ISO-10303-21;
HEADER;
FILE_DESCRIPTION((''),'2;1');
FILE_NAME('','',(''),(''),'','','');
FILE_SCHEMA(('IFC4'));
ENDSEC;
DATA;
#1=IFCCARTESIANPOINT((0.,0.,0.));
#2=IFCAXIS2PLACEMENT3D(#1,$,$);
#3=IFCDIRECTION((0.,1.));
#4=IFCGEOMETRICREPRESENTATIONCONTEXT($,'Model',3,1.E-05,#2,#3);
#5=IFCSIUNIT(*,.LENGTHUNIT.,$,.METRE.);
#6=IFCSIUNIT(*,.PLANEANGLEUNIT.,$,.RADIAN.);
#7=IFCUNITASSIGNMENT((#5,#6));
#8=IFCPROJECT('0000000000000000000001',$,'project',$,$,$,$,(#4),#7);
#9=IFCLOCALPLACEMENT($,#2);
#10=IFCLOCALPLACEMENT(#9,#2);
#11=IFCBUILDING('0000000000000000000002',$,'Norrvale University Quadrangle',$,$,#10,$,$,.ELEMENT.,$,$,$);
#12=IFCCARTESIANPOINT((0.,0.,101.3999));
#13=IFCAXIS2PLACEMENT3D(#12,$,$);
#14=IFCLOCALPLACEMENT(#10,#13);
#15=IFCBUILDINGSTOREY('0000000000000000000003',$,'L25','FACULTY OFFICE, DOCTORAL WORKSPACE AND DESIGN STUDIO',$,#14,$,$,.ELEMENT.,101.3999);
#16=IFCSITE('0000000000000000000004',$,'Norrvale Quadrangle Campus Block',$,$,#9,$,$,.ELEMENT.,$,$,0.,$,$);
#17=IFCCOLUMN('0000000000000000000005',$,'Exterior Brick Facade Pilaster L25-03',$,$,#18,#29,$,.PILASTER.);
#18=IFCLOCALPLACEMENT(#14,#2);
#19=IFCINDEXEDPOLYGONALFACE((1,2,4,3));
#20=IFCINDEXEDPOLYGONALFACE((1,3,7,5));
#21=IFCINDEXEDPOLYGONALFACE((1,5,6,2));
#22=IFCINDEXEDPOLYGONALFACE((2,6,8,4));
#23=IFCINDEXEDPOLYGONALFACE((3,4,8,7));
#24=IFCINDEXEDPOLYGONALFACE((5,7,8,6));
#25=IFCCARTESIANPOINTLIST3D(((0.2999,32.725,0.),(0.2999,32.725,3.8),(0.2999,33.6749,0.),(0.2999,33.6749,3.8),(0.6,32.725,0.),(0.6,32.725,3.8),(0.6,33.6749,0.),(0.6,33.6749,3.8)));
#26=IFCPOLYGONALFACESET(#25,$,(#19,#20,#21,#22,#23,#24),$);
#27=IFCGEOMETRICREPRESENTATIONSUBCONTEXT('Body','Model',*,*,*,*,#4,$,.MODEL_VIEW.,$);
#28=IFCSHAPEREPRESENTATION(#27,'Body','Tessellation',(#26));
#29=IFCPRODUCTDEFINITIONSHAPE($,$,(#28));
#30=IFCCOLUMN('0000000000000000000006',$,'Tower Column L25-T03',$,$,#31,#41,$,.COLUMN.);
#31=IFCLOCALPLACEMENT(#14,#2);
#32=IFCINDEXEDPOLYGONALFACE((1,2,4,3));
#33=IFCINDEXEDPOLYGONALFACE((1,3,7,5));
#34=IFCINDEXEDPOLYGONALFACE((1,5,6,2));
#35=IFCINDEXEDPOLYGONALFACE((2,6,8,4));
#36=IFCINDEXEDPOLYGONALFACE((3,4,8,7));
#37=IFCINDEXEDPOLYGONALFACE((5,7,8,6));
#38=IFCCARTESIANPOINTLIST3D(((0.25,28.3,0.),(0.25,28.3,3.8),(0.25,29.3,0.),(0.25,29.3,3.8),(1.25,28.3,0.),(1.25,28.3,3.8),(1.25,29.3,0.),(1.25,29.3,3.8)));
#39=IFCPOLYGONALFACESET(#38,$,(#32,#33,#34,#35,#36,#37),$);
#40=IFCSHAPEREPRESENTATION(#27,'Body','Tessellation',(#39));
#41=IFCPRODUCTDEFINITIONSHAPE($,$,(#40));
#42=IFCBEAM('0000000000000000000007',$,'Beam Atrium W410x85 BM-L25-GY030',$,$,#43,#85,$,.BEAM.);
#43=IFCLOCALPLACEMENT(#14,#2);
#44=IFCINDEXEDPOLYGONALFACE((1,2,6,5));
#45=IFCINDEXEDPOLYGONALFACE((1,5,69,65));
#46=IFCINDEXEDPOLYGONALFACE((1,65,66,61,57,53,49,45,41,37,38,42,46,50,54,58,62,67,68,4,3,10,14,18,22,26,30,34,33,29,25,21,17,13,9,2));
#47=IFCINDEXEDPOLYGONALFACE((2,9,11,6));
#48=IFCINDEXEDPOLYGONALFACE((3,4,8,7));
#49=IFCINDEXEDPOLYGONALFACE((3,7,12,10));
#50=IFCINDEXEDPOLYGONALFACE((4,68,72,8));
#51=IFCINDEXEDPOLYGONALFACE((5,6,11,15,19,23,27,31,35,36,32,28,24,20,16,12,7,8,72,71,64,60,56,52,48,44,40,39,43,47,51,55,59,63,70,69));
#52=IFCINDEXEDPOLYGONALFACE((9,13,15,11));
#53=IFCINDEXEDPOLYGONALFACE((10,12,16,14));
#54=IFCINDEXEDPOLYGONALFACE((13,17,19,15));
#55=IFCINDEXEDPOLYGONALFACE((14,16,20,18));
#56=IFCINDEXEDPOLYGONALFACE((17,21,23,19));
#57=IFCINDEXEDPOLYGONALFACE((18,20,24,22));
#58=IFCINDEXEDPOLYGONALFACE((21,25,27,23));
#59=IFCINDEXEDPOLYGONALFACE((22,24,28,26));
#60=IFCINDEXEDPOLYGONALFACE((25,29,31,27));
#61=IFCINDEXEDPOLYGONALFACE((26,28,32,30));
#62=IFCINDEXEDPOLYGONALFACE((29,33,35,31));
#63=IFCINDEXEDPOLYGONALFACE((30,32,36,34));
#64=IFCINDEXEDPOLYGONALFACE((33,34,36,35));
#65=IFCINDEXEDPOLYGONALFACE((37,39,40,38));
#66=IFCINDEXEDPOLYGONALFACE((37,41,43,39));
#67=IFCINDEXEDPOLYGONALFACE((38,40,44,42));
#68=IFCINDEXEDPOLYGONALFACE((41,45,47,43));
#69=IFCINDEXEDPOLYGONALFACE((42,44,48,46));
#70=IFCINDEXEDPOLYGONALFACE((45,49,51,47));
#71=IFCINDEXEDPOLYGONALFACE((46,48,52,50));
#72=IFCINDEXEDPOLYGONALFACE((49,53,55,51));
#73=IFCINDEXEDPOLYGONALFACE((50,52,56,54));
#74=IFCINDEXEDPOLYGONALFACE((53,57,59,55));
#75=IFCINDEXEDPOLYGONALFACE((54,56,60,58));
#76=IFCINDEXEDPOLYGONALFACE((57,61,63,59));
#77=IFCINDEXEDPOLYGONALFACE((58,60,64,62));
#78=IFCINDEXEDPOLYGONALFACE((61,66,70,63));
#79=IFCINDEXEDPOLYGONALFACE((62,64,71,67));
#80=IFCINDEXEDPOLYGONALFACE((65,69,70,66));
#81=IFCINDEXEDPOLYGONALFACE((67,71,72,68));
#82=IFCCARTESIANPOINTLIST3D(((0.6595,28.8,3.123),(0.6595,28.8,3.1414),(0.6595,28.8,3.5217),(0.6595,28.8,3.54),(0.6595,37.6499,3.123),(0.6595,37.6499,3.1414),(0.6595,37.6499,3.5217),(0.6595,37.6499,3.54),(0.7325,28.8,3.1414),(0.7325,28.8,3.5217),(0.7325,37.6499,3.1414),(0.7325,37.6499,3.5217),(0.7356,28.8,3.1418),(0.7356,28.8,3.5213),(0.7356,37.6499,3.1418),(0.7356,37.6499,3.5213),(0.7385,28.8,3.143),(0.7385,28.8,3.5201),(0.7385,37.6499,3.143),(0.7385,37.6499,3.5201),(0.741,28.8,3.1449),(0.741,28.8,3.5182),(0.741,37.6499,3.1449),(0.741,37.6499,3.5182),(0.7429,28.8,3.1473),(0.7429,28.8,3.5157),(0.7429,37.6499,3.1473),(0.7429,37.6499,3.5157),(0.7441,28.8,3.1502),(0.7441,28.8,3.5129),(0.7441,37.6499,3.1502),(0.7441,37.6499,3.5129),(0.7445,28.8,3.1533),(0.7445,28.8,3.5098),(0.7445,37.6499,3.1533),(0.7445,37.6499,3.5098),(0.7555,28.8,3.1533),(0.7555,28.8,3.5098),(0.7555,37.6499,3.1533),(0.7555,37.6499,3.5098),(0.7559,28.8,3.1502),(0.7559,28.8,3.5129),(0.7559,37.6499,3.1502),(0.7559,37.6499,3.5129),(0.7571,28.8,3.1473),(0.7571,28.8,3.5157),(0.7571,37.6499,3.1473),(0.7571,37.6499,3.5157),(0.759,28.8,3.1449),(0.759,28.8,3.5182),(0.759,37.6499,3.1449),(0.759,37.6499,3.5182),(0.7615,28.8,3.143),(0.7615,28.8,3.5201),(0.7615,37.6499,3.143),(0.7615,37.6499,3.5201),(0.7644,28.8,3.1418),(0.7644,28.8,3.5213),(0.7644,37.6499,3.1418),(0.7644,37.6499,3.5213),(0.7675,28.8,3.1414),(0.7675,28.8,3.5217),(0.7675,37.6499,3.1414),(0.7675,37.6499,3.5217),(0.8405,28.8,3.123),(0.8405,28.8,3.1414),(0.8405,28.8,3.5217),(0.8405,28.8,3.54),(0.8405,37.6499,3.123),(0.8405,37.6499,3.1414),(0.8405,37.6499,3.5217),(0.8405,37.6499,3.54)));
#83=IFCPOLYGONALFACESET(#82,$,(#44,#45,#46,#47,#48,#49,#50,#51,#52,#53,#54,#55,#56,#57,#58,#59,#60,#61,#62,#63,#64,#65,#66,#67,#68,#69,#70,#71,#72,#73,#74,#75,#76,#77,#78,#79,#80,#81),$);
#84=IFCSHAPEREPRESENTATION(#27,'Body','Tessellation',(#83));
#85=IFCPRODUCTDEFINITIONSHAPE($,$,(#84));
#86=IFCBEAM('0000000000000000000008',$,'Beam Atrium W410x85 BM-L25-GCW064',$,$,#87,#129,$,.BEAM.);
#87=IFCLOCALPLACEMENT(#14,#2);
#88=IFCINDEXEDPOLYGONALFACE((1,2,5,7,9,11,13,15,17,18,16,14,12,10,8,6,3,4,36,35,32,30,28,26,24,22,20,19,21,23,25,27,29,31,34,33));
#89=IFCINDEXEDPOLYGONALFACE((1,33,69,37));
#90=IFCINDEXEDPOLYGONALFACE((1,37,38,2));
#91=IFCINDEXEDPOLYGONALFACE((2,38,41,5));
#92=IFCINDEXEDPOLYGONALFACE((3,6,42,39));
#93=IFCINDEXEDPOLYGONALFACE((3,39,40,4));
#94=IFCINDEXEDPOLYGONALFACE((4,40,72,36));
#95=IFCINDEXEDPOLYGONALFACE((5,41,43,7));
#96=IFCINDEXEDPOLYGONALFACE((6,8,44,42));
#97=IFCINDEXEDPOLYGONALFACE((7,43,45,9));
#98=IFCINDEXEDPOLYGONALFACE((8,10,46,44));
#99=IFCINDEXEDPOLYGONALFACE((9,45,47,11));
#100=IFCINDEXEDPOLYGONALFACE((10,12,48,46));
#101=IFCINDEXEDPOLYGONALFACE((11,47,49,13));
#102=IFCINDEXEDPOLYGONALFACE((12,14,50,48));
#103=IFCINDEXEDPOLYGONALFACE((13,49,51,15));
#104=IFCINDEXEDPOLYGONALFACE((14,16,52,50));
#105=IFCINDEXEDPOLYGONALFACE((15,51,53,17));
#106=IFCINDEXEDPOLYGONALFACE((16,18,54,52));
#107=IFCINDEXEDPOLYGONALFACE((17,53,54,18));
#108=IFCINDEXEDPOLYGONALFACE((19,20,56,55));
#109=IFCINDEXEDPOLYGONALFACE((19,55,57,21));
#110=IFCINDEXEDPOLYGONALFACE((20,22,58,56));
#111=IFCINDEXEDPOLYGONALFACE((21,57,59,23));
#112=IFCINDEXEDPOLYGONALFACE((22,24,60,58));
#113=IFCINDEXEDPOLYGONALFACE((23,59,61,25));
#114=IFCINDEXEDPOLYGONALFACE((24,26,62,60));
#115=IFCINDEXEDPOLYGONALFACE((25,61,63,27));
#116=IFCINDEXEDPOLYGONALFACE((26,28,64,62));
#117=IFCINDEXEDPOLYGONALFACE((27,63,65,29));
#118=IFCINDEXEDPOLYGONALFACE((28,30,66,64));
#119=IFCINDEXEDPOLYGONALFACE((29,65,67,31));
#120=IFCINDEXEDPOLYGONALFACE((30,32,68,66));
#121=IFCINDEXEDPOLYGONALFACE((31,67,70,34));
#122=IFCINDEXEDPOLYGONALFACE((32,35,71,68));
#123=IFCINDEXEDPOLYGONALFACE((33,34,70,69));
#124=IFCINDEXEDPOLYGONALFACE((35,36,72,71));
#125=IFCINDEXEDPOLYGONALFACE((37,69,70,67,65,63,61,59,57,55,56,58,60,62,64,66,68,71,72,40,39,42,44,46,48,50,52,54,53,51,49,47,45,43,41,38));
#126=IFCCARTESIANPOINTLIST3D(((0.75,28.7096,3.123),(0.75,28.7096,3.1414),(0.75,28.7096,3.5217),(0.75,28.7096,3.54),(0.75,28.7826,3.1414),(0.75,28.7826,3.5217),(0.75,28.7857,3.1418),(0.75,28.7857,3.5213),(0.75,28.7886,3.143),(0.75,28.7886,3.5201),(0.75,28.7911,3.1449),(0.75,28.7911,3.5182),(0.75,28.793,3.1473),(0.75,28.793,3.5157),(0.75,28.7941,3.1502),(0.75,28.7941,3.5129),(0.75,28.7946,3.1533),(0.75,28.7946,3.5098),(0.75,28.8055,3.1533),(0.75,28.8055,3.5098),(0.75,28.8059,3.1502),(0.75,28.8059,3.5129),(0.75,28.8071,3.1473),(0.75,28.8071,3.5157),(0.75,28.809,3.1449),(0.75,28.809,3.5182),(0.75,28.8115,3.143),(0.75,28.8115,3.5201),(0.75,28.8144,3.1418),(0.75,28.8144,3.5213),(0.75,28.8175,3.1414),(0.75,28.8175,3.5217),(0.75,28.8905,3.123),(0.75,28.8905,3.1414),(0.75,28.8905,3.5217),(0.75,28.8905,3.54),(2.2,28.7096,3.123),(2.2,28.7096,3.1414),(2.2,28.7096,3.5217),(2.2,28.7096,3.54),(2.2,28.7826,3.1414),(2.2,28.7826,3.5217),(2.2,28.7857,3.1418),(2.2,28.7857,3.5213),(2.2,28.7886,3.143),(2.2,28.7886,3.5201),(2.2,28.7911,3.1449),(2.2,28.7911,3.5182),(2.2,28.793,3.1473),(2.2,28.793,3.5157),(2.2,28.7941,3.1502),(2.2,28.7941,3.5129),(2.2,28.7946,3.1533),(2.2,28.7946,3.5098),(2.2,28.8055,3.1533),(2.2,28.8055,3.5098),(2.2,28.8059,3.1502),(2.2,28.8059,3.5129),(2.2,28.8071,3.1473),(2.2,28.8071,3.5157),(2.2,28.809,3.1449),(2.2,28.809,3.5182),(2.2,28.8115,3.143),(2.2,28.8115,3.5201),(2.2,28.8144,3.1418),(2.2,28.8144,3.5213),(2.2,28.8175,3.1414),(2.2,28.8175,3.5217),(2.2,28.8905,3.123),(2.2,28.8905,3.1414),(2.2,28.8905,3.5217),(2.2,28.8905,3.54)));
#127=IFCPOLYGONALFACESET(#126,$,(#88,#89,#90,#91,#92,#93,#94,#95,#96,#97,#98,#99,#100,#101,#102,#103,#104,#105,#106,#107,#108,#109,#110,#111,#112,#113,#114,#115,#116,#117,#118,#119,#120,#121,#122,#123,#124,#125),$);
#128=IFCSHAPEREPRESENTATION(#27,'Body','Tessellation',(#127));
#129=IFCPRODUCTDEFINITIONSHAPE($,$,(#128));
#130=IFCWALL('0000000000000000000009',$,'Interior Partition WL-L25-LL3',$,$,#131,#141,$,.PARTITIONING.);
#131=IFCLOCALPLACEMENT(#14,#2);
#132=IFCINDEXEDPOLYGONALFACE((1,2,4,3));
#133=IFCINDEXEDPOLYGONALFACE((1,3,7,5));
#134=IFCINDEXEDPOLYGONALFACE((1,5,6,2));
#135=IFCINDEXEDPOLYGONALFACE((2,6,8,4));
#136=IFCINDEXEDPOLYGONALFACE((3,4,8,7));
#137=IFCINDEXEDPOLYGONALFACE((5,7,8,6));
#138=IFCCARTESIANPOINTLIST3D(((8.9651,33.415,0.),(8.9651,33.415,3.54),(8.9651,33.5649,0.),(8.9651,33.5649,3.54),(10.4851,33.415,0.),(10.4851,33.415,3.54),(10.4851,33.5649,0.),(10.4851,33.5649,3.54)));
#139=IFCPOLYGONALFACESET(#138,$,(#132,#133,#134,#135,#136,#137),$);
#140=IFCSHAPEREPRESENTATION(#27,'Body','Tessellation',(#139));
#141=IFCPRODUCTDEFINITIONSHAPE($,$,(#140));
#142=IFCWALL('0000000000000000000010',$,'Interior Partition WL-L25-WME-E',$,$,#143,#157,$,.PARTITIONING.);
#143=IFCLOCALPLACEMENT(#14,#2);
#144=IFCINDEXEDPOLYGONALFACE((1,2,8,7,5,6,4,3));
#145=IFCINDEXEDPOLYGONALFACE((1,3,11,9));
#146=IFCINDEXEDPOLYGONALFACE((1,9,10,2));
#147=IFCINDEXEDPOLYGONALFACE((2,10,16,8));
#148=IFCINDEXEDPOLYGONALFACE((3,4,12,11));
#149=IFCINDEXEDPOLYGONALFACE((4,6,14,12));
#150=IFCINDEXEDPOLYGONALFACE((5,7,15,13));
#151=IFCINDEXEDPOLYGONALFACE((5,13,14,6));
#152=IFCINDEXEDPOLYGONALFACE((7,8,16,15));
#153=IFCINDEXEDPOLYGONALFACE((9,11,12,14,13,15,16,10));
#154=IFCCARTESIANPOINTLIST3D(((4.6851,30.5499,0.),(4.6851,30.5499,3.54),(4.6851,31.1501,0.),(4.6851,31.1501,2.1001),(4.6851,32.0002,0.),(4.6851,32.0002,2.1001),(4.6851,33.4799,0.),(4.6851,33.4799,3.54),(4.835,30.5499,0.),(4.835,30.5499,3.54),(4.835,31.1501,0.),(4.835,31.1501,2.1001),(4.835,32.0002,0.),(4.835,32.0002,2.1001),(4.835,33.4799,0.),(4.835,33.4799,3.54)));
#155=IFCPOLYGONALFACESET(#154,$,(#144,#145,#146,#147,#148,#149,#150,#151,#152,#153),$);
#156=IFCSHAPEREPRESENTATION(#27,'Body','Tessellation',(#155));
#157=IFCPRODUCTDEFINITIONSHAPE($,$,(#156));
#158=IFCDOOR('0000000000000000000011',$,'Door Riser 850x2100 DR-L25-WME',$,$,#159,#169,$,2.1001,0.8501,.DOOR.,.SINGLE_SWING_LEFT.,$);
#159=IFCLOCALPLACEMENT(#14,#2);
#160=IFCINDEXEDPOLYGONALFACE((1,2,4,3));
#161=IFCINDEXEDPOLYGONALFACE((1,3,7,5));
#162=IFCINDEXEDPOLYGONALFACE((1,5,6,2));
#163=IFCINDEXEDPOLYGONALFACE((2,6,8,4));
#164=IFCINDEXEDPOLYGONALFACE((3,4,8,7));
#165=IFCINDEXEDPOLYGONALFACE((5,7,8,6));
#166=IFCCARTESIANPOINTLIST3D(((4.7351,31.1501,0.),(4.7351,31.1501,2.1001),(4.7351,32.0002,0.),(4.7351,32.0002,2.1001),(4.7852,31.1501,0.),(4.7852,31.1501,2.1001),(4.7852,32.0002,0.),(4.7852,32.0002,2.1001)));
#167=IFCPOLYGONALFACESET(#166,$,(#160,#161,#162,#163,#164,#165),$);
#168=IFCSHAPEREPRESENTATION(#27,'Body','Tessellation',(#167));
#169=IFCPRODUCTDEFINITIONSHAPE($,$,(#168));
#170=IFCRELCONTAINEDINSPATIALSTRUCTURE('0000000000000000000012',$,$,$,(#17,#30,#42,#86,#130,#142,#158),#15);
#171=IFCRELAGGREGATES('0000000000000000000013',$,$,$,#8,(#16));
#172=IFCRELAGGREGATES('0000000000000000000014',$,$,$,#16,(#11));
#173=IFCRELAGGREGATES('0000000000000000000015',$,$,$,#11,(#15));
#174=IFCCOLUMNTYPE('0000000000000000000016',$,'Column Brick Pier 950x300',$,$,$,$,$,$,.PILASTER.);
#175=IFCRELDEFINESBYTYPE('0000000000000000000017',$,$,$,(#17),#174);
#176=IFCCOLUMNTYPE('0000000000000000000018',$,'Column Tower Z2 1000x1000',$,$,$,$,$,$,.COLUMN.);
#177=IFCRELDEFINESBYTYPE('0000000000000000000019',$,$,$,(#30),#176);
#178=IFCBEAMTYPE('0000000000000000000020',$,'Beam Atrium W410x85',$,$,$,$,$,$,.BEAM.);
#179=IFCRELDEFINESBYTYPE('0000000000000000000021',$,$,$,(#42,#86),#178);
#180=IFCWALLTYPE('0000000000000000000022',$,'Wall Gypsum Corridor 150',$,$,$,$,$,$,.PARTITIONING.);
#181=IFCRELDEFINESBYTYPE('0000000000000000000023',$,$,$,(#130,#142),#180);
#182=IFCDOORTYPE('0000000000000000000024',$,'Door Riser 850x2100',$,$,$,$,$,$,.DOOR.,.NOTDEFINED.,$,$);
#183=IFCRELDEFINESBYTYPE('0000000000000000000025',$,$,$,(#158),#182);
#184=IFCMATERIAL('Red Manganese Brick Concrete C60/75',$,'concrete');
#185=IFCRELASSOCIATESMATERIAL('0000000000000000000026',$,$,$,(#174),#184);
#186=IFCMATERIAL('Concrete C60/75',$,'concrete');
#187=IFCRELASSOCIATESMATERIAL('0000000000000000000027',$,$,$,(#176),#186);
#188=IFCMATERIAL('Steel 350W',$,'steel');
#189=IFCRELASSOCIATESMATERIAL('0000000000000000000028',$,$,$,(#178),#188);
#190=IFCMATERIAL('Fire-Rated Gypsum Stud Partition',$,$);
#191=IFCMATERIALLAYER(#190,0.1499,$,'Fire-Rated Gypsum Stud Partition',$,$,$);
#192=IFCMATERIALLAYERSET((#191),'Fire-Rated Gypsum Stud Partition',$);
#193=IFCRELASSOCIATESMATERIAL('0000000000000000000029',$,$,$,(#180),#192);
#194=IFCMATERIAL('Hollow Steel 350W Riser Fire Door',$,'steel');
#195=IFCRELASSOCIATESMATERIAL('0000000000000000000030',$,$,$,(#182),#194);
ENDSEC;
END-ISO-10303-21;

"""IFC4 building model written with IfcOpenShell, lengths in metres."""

from ifc_helpers import new_model, si_unit, direction, frame, frame_2d, origin, origin_2d, place, context, subcontext, project, spatial, rectangle, i_section, extrude, material, layer, layer_set, material_profile, profile_set, type_object, element, fill, save


model = new_model("IFC4")

# Units and contexts
model_context = context("Model", 3, precision=1e-05, world=origin(), true_north=direction((0.0, 1.0)))
body_context = subcontext(model_context, "Body", "Model", "MODEL_VIEW")
ifc_project = project(units=[si_unit("LENGTHUNIT", "METRE"), si_unit("PLANEANGLEUNIT", "RADIAN")], contexts=[model_context])

# Site, building, storey
site_placement = place(None, origin())
site = spatial("IfcSite", under=ifc_project, at=site_placement, Name="Norrvale Quadrangle Campus Block", CompositionType="ELEMENT", RefElevation=0.0)
building_placement = place(site_placement, origin())
building = spatial("IfcBuilding", under=site, at=building_placement, Name="Norrvale University Quadrangle", CompositionType="ELEMENT")
storey_placement = place(building_placement, frame((0.0, 0.0, 101.3999)))
storey = spatial("IfcBuildingStorey", under=building, at=storey_placement, Name="L25", Description="FACULTY OFFICE, DOCTORAL WORKSPACE AND DESIGN STUDIO", CompositionType="ELEMENT", Elevation=101.3999)

# Columns
ifc_material_1 = material(Name="Red Manganese Brick Concrete C60/75", Category="concrete")
ifc_material_profile_1 = material_profile(ifc_material_1, rectangle(XDim=0.95, YDim=0.3, at=origin_2d()), Name="Red Manganese Brick Concrete C60/75")
ifc_profile_set_1 = profile_set([ifc_material_profile_1], Name="Red Manganese Brick Concrete C60/75")
column_type_1 = type_object("IfcColumnType", Name="Column Brick Pier 950x300", PredefinedType="PILASTER", material=ifc_profile_set_1)
column_1_placement = place(storey_placement, frame((0.45, 33.2, 0.0), z_axis=(0.0, 0.0, 1.0), x_axis=(0.0, 1.0, 0.0)))
element("IfcColumn", 1, at=column_1_placement, inside=storey, type_object=column_type_1, Name="Exterior Brick Facade Pilaster L25-03", PredefinedType="PILASTER", context=body_context, shape_type="SweptSolid", body=[
    extrude(rectangle(XDim=0.95, YDim=0.3, at=origin_2d()), origin(), (0.0, 0.0, 1.0), 3.8),
])
ifc_material_2 = material(Name="Concrete C60/75", Category="concrete")
ifc_material_profile_2 = material_profile(ifc_material_2, rectangle(XDim=1.0, YDim=1.0, at=origin_2d()), Name="Concrete C60/75")
ifc_profile_set_2 = profile_set([ifc_material_profile_2], Name="Concrete C60/75")
column_type_2 = type_object("IfcColumnType", Name="Column Tower Z2 1000x1000", PredefinedType="COLUMN", material=ifc_profile_set_2)
column_2_placement = place(storey_placement, frame((0.75, 28.8, 0.0), z_axis=(0.0, 0.0, 1.0), x_axis=(1.0, 0.0, 0.0)))
element("IfcColumn", 2, at=column_2_placement, inside=storey, type_object=column_type_2, Name="Tower Column L25-T03", PredefinedType="COLUMN", context=body_context, shape_type="SweptSolid", body=[
    extrude(rectangle(XDim=1.0, YDim=1.0, at=origin_2d()), origin(), (0.0, 0.0, 1.0), 3.8),
])

# Beams
ifc_material_3 = material(Name="Steel 350W", Category="steel")
ifc_material_profile_3 = material_profile(ifc_material_3, i_section(OverallWidth=0.1809, OverallDepth=0.417, WebThickness=0.011, FlangeThickness=0.0183, FilletRadius=0.012, at=origin_2d()), Name="Steel 350W")
ifc_profile_set_3 = profile_set([ifc_material_profile_3], Name="Steel 350W")
beam_type = type_object("IfcBeamType", Name="Beam Atrium W410x85", PredefinedType="BEAM", material=ifc_profile_set_3)
beam_1_placement = place(storey_placement, frame((0.75, 28.8, 3.3315), z_axis=(0.0, 1.0, 0.0), x_axis=(-1.0, 0.0, 0.0)))
element("IfcBeam", 3, at=beam_1_placement, inside=storey, type_object=beam_type, Name="Beam Atrium W410x85 BM-L25-GY030", PredefinedType="BEAM", context=body_context, shape_type="SweptSolid", body=[
    extrude(i_section(OverallWidth=0.1809, OverallDepth=0.417, WebThickness=0.011, FlangeThickness=0.0183, FilletRadius=0.012, at=origin_2d()), origin(), (0.0, 0.0, 1.0), 8.8499),
])
beam_2_placement = place(storey_placement, frame((0.75, 28.8, 3.3315), z_axis=(1.0, 0.0, 0.0), x_axis=(0.0, 1.0, 0.0)))
element("IfcBeam", 4, at=beam_2_placement, inside=storey, type_object=beam_type, Name="Beam Atrium W410x85 BM-L25-GCW064", PredefinedType="BEAM", context=body_context, shape_type="SweptSolid", body=[
    extrude(i_section(OverallWidth=0.1809, OverallDepth=0.417, WebThickness=0.011, FlangeThickness=0.0183, FilletRadius=0.012, at=origin_2d()), origin(), (0.0, 0.0, 1.0), 1.45),
])

# Wall
ifc_material_4 = material(Name="Fire-Rated Gypsum Stud Partition")
ifc_layer_1 = layer(ifc_material_4, 0.1499, Name="Fire-Rated Gypsum Stud Partition")
ifc_layer_set_1 = layer_set([ifc_layer_1], Name="Fire-Rated Gypsum Stud Partition")
wall_type_1 = type_object("IfcWallType", Name="Wall Gypsum Corridor 150", PredefinedType="PARTITIONING", material=ifc_layer_set_1)
wall_1_placement = place(storey_placement, frame((8.9651, 33.49, 0.0), z_axis=(0.0, 0.0, 1.0), x_axis=(1.0, 0.0, 0.0)))
element("IfcWall", 5, at=wall_1_placement, inside=storey, type_object=wall_type_1, Name="Interior Partition WL-L25-LL3", PredefinedType="PARTITIONING", context=body_context, shape_type="SweptSolid", body=[
    extrude(rectangle(XDim=1.52, YDim=0.1499, at=frame_2d((0.76, 0.0))), origin(), (0.0, 0.0, 1.0), 3.54),
])

# Wall, opening, door
wall_2_placement = place(storey_placement, frame((4.76, 30.55, 0.0), z_axis=(0.0, 0.0, 1.0), x_axis=(0.0, 1.0, 0.0)))
wall_2 = element("IfcWall", 6, at=wall_2_placement, inside=storey, type_object=wall_type_1, Name="Interior Partition WL-L25-WME-E", PredefinedType="PARTITIONING", context=body_context, shape_type="SweptSolid", body=[
    extrude(rectangle(XDim=2.9299, YDim=0.1499, at=frame_2d((1.4648, 0.0))), origin(), (0.0, 0.0, 1.0), 3.54),
])
opening_1_placement = place(wall_2_placement, frame((0.6001, 0.0, 0.0)))
opening_1 = element("IfcOpeningElement", 7, at=opening_1_placement, cuts=wall_2, PredefinedType="OPENING", context=body_context, shape_type="SweptSolid", body=[
    extrude(rectangle(XDim=0.8501, YDim=2.1001, at=frame_2d((0.425, 1.05))), frame((0.0, 0.0869, 0.0), z_axis=(0.0, -1.0, 0.0), x_axis=(1.0, 0.0, 0.0)), (0.0, 0.0, 1.0), 0.1738),
])
ifc_material_5 = material(Name="Hollow Steel 350W Riser Fire Door", Category="steel")
door_type_1 = type_object("IfcDoorType", Name="Door Riser 850x2100", OperationType="NOTDEFINED", PredefinedType="DOOR", material=ifc_material_5)
door_1_placement = place(opening_1_placement, origin())
door_1 = element("IfcDoor", 8, at=door_1_placement, inside=storey, type_object=door_type_1, Name="Door Riser 850x2100 DR-L25-WME", OperationType="SINGLE_SWING_LEFT", OverallHeight=2.1001, OverallWidth=0.8501, PredefinedType="DOOR", context=body_context, shape_type="SweptSolid", body=[
    extrude(rectangle(XDim=0.8501, YDim=2.1001, at=frame_2d((0.425, 1.05))), frame((0.0, 0.0249, 0.0), z_axis=(0.0, -1.0, 0.0), x_axis=(1.0, 0.0, 0.0)), (0.0, 0.0, 1.0), 0.05),
])
fill(opening_1, door_1)

save(model, "model.ifc")
